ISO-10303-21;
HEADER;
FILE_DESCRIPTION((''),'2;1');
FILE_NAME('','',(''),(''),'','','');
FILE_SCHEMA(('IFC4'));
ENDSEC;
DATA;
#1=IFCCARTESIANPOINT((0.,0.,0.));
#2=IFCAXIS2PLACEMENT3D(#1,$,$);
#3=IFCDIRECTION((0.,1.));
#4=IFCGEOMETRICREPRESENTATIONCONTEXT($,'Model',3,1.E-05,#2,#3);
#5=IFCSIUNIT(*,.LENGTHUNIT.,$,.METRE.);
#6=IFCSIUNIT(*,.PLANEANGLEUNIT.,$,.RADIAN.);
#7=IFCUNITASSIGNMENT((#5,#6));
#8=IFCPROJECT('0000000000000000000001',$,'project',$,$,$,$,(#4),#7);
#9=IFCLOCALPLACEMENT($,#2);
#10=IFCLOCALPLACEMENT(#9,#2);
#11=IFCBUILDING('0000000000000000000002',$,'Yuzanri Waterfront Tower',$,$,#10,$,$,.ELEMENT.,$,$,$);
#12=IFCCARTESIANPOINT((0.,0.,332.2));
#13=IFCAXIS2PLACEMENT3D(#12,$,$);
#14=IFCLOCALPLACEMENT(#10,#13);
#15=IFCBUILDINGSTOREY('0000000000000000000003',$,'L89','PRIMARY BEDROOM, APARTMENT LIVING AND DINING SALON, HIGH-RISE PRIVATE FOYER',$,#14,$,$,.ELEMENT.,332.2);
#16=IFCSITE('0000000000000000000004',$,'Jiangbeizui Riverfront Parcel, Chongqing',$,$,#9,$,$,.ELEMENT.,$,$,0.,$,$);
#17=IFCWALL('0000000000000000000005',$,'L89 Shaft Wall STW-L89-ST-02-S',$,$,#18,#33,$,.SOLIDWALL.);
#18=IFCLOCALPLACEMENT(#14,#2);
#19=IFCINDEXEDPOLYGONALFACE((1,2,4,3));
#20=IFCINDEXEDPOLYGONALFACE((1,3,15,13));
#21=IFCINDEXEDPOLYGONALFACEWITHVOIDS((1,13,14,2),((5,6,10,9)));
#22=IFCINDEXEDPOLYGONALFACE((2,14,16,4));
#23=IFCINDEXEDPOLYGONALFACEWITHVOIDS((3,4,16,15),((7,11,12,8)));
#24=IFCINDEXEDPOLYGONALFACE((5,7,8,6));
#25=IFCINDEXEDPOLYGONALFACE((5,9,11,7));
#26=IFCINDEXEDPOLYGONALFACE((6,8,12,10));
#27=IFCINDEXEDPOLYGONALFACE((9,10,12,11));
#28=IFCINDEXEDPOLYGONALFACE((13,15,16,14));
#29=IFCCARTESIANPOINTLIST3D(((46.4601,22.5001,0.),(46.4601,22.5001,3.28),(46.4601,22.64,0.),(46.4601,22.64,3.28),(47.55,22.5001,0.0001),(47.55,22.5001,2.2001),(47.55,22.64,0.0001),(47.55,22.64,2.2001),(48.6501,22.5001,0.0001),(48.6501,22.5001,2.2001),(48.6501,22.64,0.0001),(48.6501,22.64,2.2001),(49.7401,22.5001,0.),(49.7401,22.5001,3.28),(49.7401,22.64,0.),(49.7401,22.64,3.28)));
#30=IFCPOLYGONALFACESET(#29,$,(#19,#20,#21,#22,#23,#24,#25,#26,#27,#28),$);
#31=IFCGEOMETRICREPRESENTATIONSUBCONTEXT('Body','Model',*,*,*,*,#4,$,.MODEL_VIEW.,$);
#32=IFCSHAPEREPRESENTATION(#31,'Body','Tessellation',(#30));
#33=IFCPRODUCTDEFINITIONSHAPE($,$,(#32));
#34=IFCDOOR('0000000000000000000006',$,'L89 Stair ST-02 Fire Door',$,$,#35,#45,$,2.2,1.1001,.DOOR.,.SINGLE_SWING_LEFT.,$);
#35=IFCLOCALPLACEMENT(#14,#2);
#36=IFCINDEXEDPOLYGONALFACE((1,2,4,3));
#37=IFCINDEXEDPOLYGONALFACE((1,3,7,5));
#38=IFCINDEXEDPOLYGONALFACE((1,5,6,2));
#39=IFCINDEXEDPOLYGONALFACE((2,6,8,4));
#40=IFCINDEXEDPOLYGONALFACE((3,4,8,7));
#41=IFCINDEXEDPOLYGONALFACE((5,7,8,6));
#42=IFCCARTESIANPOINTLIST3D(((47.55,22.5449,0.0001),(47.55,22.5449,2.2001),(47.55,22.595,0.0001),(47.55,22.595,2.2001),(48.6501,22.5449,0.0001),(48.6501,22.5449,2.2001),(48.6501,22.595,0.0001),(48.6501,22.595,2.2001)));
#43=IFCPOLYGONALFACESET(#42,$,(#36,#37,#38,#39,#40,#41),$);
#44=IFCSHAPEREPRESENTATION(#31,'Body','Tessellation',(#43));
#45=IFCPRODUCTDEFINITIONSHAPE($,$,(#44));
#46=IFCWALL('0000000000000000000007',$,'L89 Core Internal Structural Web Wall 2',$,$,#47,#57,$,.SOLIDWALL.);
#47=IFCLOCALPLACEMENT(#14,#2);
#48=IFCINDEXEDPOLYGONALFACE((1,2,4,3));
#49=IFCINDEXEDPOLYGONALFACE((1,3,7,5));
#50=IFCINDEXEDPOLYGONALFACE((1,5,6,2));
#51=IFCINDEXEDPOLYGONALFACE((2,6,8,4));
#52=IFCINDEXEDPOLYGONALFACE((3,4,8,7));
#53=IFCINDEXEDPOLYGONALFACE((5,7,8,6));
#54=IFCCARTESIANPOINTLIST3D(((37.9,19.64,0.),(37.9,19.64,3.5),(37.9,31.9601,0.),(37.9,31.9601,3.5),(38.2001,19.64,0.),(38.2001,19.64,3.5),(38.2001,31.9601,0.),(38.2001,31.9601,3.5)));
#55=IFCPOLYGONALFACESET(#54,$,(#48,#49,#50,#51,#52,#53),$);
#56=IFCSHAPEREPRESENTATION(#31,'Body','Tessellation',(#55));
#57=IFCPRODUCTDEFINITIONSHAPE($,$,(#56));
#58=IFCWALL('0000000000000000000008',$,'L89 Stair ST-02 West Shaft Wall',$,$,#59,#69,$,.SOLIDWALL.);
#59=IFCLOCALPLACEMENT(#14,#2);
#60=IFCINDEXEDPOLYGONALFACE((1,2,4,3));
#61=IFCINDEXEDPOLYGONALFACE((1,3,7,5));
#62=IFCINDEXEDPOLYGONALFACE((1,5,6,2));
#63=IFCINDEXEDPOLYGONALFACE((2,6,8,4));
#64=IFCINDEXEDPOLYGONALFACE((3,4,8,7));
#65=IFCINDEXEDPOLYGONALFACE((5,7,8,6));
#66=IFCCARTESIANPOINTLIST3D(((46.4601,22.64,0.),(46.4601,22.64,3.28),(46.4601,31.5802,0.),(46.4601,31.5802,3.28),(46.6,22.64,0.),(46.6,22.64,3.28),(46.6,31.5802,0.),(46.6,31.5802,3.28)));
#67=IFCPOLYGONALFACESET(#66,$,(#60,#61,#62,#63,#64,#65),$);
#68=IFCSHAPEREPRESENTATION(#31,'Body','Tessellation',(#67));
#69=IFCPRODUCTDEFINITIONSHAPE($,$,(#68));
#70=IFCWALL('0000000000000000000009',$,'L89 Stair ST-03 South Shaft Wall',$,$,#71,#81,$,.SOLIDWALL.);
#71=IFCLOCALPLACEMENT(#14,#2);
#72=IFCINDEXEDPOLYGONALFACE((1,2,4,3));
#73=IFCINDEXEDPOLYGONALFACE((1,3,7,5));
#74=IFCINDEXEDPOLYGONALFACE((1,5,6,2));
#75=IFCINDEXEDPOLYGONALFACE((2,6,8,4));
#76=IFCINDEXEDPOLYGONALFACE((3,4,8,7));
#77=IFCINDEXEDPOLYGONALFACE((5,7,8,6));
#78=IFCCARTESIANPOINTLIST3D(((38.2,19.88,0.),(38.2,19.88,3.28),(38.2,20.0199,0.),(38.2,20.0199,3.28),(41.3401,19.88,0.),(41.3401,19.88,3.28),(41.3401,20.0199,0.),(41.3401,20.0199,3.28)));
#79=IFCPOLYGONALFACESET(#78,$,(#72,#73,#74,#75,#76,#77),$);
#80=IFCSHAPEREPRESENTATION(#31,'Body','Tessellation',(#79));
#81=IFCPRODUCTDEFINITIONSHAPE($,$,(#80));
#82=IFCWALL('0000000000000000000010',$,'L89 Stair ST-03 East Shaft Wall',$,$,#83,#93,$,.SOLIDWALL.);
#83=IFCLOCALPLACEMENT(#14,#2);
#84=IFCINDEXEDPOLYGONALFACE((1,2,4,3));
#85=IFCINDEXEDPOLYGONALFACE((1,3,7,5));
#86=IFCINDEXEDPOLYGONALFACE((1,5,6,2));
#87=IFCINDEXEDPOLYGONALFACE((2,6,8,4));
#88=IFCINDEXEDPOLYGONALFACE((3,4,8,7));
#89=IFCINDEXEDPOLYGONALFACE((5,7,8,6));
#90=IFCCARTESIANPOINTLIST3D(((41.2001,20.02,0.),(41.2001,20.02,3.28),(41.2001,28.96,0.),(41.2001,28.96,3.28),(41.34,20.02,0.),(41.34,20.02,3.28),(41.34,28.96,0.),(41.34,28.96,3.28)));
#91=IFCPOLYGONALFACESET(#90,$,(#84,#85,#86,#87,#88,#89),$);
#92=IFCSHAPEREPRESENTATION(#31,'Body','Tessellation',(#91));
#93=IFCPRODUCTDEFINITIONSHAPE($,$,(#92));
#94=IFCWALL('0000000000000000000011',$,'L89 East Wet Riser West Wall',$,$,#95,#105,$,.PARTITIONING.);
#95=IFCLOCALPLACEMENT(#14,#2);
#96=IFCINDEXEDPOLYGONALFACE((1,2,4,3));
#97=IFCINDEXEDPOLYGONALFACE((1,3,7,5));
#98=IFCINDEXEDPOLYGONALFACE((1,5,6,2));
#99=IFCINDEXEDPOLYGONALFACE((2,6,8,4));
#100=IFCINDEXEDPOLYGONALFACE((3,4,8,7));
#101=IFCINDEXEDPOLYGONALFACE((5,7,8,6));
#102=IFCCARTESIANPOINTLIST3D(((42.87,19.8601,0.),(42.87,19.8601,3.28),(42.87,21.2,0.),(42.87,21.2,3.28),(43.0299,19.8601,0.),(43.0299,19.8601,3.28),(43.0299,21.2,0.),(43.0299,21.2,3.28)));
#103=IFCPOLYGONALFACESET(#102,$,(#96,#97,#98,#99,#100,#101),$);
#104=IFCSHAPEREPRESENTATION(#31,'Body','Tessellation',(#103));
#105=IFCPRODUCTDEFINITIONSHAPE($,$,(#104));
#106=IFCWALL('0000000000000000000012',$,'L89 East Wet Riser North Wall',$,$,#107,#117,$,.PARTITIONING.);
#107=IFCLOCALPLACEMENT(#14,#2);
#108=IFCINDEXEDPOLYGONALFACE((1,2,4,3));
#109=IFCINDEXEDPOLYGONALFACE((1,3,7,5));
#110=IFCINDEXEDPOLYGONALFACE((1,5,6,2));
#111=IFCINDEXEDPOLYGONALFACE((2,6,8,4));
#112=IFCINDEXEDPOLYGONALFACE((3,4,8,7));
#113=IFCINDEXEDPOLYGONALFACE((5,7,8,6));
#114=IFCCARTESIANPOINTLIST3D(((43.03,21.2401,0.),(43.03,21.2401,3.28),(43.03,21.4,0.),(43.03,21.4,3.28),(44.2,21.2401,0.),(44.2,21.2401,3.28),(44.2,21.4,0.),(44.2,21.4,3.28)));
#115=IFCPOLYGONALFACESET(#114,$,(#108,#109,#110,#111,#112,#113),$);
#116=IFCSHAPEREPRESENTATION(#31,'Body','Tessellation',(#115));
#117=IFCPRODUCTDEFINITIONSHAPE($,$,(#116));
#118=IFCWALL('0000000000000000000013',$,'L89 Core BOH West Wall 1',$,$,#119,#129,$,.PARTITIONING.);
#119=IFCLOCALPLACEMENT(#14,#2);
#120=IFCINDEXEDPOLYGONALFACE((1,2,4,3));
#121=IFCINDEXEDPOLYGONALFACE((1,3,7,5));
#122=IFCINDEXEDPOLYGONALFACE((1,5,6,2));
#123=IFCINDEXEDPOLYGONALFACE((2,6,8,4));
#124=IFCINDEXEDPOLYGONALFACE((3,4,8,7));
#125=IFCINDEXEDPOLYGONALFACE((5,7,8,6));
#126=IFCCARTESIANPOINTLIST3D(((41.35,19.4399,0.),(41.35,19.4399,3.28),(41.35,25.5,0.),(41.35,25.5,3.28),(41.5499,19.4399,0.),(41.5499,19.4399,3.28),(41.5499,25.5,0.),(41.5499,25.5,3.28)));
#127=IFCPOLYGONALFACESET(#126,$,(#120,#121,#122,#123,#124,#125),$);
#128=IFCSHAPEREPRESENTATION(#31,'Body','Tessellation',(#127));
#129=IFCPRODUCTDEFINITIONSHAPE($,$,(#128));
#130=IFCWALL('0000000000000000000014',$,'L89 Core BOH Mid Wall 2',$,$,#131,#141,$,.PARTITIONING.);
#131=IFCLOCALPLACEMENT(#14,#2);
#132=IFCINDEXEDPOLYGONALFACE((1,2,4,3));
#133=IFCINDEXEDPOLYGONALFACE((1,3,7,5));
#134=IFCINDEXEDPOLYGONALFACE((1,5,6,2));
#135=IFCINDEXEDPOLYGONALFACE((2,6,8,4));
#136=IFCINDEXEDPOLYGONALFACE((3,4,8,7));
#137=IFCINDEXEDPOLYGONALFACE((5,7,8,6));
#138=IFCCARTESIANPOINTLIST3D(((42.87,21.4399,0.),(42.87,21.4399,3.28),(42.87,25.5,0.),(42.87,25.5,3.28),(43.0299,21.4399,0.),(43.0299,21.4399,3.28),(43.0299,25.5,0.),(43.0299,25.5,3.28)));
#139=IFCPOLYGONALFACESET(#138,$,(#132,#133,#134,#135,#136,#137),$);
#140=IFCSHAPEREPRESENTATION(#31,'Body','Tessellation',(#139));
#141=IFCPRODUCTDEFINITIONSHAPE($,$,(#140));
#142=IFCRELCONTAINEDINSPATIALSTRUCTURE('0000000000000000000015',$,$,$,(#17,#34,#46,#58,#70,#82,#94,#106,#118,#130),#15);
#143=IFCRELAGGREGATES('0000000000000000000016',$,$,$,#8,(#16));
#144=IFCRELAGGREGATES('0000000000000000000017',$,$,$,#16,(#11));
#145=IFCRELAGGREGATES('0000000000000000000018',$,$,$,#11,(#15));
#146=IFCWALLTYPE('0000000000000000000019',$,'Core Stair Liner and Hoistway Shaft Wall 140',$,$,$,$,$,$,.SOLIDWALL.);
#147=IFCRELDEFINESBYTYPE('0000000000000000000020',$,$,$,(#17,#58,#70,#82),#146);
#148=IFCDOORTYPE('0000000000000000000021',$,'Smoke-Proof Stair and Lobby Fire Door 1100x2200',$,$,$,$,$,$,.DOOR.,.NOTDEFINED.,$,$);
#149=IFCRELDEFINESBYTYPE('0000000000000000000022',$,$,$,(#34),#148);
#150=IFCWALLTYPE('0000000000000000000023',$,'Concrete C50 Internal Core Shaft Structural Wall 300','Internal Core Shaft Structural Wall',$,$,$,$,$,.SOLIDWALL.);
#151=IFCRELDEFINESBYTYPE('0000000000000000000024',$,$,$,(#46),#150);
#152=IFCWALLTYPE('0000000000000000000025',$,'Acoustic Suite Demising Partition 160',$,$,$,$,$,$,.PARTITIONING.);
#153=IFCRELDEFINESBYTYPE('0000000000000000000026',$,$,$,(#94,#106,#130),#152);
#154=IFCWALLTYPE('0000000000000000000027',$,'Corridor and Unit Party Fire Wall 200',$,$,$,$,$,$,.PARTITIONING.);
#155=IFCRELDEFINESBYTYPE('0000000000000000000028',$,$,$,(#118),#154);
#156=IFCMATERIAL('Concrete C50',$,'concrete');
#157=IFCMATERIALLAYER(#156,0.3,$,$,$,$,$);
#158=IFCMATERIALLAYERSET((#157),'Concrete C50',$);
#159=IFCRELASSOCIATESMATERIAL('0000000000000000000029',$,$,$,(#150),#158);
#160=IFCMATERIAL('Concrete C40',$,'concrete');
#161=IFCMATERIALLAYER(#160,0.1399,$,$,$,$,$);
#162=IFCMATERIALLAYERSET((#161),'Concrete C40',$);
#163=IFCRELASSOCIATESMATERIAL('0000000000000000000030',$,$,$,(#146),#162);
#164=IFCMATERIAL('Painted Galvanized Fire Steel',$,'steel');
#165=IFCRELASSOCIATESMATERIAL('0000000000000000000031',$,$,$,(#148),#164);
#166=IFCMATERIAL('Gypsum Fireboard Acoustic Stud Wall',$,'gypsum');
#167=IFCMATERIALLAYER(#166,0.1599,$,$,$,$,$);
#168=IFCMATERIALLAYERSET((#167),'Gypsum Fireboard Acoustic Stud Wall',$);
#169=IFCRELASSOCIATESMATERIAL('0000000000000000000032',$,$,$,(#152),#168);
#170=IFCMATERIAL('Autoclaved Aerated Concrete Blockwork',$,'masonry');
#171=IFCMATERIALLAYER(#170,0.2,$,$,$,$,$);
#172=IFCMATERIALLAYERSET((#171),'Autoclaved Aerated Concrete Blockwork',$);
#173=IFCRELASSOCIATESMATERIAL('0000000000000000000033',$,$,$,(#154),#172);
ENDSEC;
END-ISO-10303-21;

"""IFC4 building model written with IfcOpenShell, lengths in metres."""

from ifc_helpers import new_model, si_unit, direction, frame, frame_2d, origin, place, context, subcontext, project, spatial, rectangle, extrude, source, transform, mapped, material, layer, layer_set, type_object, element, fill, save


model = new_model("IFC4")

# Units and contexts
model_context = context("Model", 3, precision=1e-05, world=origin(), true_north=direction((0.0, 1.0)))
body_context = subcontext(model_context, "Body", "Model", "MODEL_VIEW")
ifc_project = project(units=[si_unit("LENGTHUNIT", "METRE"), si_unit("PLANEANGLEUNIT", "RADIAN")], contexts=[model_context])

# Site, building, storey
site_placement = place(None, origin())
site = spatial("IfcSite", under=ifc_project, at=site_placement, Name="Jiangbeizui Riverfront Parcel, Chongqing", CompositionType="ELEMENT", RefElevation=0.0)
building_placement = place(site_placement, origin())
building = spatial("IfcBuilding", under=site, at=building_placement, Name="Yuzanri Waterfront Tower", CompositionType="ELEMENT")
storey_placement = place(building_placement, frame((0.0, 0.0, 332.2)))
storey = spatial("IfcBuildingStorey", under=building, at=storey_placement, Name="L89", Description="PRIMARY BEDROOM, APARTMENT LIVING AND DINING SALON, HIGH-RISE PRIVATE FOYER", CompositionType="ELEMENT", Elevation=332.2)

# Shared definitions
ifc_material_1 = material(Name="Concrete C50", Category="concrete")
ifc_layer_1 = layer(ifc_material_1, 0.3)
ifc_layer_set_1 = layer_set([ifc_layer_1], Name="Concrete C50")
wall_type_1 = type_object("IfcWallType", Name="Concrete C50 Internal Core Shaft Structural Wall 300", Description="Internal Core Shaft Structural Wall", PredefinedType="SOLIDWALL", material=ifc_layer_set_1)

# Wall, opening, door
ifc_material_2 = material(Name="Concrete C40", Category="concrete")
ifc_layer_2 = layer(ifc_material_2, 0.1399)
ifc_layer_set_2 = layer_set([ifc_layer_2], Name="Concrete C40")
wall_type_2 = type_object("IfcWallType", Name="Core Stair Liner and Hoistway Shaft Wall 140", PredefinedType="SOLIDWALL", material=ifc_layer_set_2)
wall_1_placement = place(storey_placement, frame((46.46, 22.5701, 0.0), z_axis=(0.0, 0.0, 1.0), x_axis=(1.0, 0.0, 0.0)))
wall_1 = element("IfcWall", 1, at=wall_1_placement, inside=storey, type_object=wall_type_2, Name="L89 Shaft Wall STW-L89-ST-02-S", PredefinedType="SOLIDWALL", context=body_context, shape_type="SweptSolid", body=[
    extrude(rectangle(XDim=3.28, YDim=0.1399, at=frame_2d((1.6401, 0.0))), origin(), (0.0, 0.0, 1.0), 3.28),
])
opening_1_placement = place(wall_1_placement, frame((1.0901, 0.0, 0.0)))
opening_1 = element("IfcOpeningElement", 2, at=opening_1_placement, cuts=wall_1, PredefinedType="OPENING", context=body_context, shape_type="SweptSolid", body=[
    extrude(rectangle(XDim=1.1001, YDim=2.2, at=frame_2d((0.55, 1.1001))), frame((0.0, 0.085, 0.0), z_axis=(0.0, -1.0, 0.0), x_axis=(1.0, 0.0, 0.0)), (0.0, 0.0, 1.0), 0.1697),
])
ifc_material_3 = material(Name="Painted Galvanized Fire Steel", Category="steel")
door_type_1 = type_object("IfcDoorType", Name="Smoke-Proof Stair and Lobby Fire Door 1100x2200", OperationType="NOTDEFINED", PredefinedType="DOOR", material=ifc_material_3)
shared_shape_1 = source(origin(), body_context, "Body", "SweptSolid", [
    extrude(rectangle(XDim=1.1001, YDim=2.2, at=frame_2d((0.55, 1.1001))), frame((0.0, 0.0249, 0.0), z_axis=(0.0, -1.0, 0.0), x_axis=(1.0, 0.0, 0.0)), (0.0, 0.0, 1.0), 0.05),
])
door_1_placement = place(opening_1_placement, origin())
door_1 = element("IfcDoor", 3, at=door_1_placement, inside=storey, type_object=door_type_1, Name="L89 Stair ST-02 Fire Door", OperationType="SINGLE_SWING_LEFT", OverallHeight=2.2, OverallWidth=1.1001, PredefinedType="DOOR", context=body_context, shape_type="MappedRepresentation", body=[
    mapped(shared_shape_1, transform((0.0, 0.0, 0.0), scale=1.0)),
])
fill(opening_1, door_1)

# Walls
shared_shape_2 = source(origin(), body_context, "Body", "SweptSolid", [
    extrude(rectangle(XDim=12.3201, YDim=0.3, at=frame_2d((6.1602, 0.0))), origin(), (0.0, 0.0, 1.0), 3.5),
])
wall_2_placement = place(storey_placement, frame((38.05, 19.6399, 0.0), z_axis=(0.0, 0.0, 1.0), x_axis=(0.0, 1.0, 0.0)))
element("IfcWall", 4, at=wall_2_placement, inside=storey, type_object=wall_type_1, Name="L89 Core Internal Structural Web Wall 2", PredefinedType="SOLIDWALL", context=body_context, shape_type="MappedRepresentation", body=[
    mapped(shared_shape_2, transform((0.0, 0.0, 0.0), scale=1.0)),
])
shared_shape_3 = source(origin(), body_context, "Body", "SweptSolid", [
    extrude(rectangle(XDim=8.9402, YDim=0.1399, at=frame_2d((4.4702, 0.0))), origin(), (0.0, 0.0, 1.0), 3.28),
])
wall_3_placement = place(storey_placement, frame((46.53, 22.6399, 0.0), z_axis=(0.0, 0.0, 1.0), x_axis=(0.0, 1.0, 0.0)))
element("IfcWall", 5, at=wall_3_placement, inside=storey, type_object=wall_type_2, Name="L89 Stair ST-02 West Shaft Wall", PredefinedType="SOLIDWALL", context=body_context, shape_type="MappedRepresentation", body=[
    mapped(shared_shape_3, transform((0.0, 0.0, 0.0), scale=1.0)),
])
shared_shape_4 = source(origin(), body_context, "Body", "SweptSolid", [
    extrude(rectangle(XDim=3.1401, YDim=0.1399, at=frame_2d((1.5701, 0.0))), origin(), (0.0, 0.0, 1.0), 3.28),
])
wall_4_placement = place(storey_placement, frame((38.2, 19.95, 0.0), z_axis=(0.0, 0.0, 1.0), x_axis=(1.0, 0.0, 0.0)))
element("IfcWall", 6, at=wall_4_placement, inside=storey, type_object=wall_type_2, Name="L89 Stair ST-03 South Shaft Wall", PredefinedType="SOLIDWALL", context=body_context, shape_type="MappedRepresentation", body=[
    mapped(shared_shape_4, transform((0.0, 0.0, 0.0), scale=1.0)),
])
shared_shape_5 = source(origin(), body_context, "Body", "SweptSolid", [
    extrude(rectangle(XDim=8.9399, YDim=0.1399, at=frame_2d((4.47, 0.0))), origin(), (0.0, 0.0, 1.0), 3.28),
])
wall_5_placement = place(storey_placement, frame((41.27, 20.02, 0.0), z_axis=(0.0, 0.0, 1.0), x_axis=(0.0, 1.0, 0.0)))
element("IfcWall", 7, at=wall_5_placement, inside=storey, type_object=wall_type_2, Name="L89 Stair ST-03 East Shaft Wall", PredefinedType="SOLIDWALL", context=body_context, shape_type="MappedRepresentation", body=[
    mapped(shared_shape_5, transform((0.0, 0.0, 0.0), scale=1.0)),
])
ifc_material_4 = material(Name="Gypsum Fireboard Acoustic Stud Wall", Category="gypsum")
ifc_layer_3 = layer(ifc_material_4, 0.1599)
ifc_layer_set_3 = layer_set([ifc_layer_3], Name="Gypsum Fireboard Acoustic Stud Wall")
wall_type_3 = type_object("IfcWallType", Name="Acoustic Suite Demising Partition 160", PredefinedType="PARTITIONING", material=ifc_layer_set_3)
shared_shape_6 = source(origin(), body_context, "Body", "SweptSolid", [
    extrude(rectangle(XDim=1.3398, YDim=0.1599, at=frame_2d((0.6699, 0.0))), origin(), (0.0, 0.0, 1.0), 3.28),
])
wall_6_placement = place(storey_placement, frame((42.95, 19.8601, 0.0), z_axis=(0.0, 0.0, 1.0), x_axis=(0.0, 1.0, 0.0)))
element("IfcWall", 8, at=wall_6_placement, inside=storey, type_object=wall_type_3, Name="L89 East Wet Riser West Wall", PredefinedType="PARTITIONING", context=body_context, shape_type="MappedRepresentation", body=[
    mapped(shared_shape_6, transform((0.0, 0.0, 0.0), scale=1.0)),
])
shared_shape_7 = source(origin(), body_context, "Body", "SweptSolid", [
    extrude(rectangle(XDim=1.1699, YDim=0.1599, at=frame_2d((0.585, 0.0))), origin(), (0.0, 0.0, 1.0), 3.28),
])
wall_7_placement = place(storey_placement, frame((43.03, 21.3201, 0.0), z_axis=(0.0, 0.0, 1.0), x_axis=(1.0, 0.0, 0.0)))
element("IfcWall", 9, at=wall_7_placement, inside=storey, type_object=wall_type_3, Name="L89 East Wet Riser North Wall", PredefinedType="PARTITIONING", context=body_context, shape_type="MappedRepresentation", body=[
    mapped(shared_shape_7, transform((0.0, 0.0, 0.0), scale=1.0)),
])
ifc_material_5 = material(Name="Autoclaved Aerated Concrete Blockwork", Category="masonry")
ifc_layer_4 = layer(ifc_material_5, 0.2)
ifc_layer_set_4 = layer_set([ifc_layer_4], Name="Autoclaved Aerated Concrete Blockwork")
wall_type_4 = type_object("IfcWallType", Name="Corridor and Unit Party Fire Wall 200", PredefinedType="PARTITIONING", material=ifc_layer_set_4)
shared_shape_8 = source(origin(), body_context, "Body", "SweptSolid", [
    extrude(rectangle(XDim=6.0601, YDim=0.2, at=frame_2d((3.03, 0.0))), origin(), (0.0, 0.0, 1.0), 3.28),
])
wall_8_placement = place(storey_placement, frame((41.45, 19.4399, 0.0), z_axis=(0.0, 0.0, 1.0), x_axis=(0.0, 1.0, 0.0)))
element("IfcWall", 10, at=wall_8_placement, inside=storey, type_object=wall_type_4, Name="L89 Core BOH West Wall 1", PredefinedType="PARTITIONING", context=body_context, shape_type="MappedRepresentation", body=[
    mapped(shared_shape_8, transform((0.0, 0.0, 0.0), scale=1.0)),
])
shared_shape_9 = source(origin(), body_context, "Body", "SweptSolid", [
    extrude(rectangle(XDim=4.0601, YDim=0.1599, at=frame_2d((2.03, 0.0))), origin(), (0.0, 0.0, 1.0), 3.28),
])
wall_9_placement = place(storey_placement, frame((42.95, 21.4399, 0.0), z_axis=(0.0, 0.0, 1.0), x_axis=(0.0, 1.0, 0.0)))
element("IfcWall", 11, at=wall_9_placement, inside=storey, type_object=wall_type_3, Name="L89 Core BOH Mid Wall 2", PredefinedType="PARTITIONING", context=body_context, shape_type="MappedRepresentation", body=[
    mapped(shared_shape_9, transform((0.0, 0.0, 0.0), scale=1.0)),
])

save(model, "model.ifc")
